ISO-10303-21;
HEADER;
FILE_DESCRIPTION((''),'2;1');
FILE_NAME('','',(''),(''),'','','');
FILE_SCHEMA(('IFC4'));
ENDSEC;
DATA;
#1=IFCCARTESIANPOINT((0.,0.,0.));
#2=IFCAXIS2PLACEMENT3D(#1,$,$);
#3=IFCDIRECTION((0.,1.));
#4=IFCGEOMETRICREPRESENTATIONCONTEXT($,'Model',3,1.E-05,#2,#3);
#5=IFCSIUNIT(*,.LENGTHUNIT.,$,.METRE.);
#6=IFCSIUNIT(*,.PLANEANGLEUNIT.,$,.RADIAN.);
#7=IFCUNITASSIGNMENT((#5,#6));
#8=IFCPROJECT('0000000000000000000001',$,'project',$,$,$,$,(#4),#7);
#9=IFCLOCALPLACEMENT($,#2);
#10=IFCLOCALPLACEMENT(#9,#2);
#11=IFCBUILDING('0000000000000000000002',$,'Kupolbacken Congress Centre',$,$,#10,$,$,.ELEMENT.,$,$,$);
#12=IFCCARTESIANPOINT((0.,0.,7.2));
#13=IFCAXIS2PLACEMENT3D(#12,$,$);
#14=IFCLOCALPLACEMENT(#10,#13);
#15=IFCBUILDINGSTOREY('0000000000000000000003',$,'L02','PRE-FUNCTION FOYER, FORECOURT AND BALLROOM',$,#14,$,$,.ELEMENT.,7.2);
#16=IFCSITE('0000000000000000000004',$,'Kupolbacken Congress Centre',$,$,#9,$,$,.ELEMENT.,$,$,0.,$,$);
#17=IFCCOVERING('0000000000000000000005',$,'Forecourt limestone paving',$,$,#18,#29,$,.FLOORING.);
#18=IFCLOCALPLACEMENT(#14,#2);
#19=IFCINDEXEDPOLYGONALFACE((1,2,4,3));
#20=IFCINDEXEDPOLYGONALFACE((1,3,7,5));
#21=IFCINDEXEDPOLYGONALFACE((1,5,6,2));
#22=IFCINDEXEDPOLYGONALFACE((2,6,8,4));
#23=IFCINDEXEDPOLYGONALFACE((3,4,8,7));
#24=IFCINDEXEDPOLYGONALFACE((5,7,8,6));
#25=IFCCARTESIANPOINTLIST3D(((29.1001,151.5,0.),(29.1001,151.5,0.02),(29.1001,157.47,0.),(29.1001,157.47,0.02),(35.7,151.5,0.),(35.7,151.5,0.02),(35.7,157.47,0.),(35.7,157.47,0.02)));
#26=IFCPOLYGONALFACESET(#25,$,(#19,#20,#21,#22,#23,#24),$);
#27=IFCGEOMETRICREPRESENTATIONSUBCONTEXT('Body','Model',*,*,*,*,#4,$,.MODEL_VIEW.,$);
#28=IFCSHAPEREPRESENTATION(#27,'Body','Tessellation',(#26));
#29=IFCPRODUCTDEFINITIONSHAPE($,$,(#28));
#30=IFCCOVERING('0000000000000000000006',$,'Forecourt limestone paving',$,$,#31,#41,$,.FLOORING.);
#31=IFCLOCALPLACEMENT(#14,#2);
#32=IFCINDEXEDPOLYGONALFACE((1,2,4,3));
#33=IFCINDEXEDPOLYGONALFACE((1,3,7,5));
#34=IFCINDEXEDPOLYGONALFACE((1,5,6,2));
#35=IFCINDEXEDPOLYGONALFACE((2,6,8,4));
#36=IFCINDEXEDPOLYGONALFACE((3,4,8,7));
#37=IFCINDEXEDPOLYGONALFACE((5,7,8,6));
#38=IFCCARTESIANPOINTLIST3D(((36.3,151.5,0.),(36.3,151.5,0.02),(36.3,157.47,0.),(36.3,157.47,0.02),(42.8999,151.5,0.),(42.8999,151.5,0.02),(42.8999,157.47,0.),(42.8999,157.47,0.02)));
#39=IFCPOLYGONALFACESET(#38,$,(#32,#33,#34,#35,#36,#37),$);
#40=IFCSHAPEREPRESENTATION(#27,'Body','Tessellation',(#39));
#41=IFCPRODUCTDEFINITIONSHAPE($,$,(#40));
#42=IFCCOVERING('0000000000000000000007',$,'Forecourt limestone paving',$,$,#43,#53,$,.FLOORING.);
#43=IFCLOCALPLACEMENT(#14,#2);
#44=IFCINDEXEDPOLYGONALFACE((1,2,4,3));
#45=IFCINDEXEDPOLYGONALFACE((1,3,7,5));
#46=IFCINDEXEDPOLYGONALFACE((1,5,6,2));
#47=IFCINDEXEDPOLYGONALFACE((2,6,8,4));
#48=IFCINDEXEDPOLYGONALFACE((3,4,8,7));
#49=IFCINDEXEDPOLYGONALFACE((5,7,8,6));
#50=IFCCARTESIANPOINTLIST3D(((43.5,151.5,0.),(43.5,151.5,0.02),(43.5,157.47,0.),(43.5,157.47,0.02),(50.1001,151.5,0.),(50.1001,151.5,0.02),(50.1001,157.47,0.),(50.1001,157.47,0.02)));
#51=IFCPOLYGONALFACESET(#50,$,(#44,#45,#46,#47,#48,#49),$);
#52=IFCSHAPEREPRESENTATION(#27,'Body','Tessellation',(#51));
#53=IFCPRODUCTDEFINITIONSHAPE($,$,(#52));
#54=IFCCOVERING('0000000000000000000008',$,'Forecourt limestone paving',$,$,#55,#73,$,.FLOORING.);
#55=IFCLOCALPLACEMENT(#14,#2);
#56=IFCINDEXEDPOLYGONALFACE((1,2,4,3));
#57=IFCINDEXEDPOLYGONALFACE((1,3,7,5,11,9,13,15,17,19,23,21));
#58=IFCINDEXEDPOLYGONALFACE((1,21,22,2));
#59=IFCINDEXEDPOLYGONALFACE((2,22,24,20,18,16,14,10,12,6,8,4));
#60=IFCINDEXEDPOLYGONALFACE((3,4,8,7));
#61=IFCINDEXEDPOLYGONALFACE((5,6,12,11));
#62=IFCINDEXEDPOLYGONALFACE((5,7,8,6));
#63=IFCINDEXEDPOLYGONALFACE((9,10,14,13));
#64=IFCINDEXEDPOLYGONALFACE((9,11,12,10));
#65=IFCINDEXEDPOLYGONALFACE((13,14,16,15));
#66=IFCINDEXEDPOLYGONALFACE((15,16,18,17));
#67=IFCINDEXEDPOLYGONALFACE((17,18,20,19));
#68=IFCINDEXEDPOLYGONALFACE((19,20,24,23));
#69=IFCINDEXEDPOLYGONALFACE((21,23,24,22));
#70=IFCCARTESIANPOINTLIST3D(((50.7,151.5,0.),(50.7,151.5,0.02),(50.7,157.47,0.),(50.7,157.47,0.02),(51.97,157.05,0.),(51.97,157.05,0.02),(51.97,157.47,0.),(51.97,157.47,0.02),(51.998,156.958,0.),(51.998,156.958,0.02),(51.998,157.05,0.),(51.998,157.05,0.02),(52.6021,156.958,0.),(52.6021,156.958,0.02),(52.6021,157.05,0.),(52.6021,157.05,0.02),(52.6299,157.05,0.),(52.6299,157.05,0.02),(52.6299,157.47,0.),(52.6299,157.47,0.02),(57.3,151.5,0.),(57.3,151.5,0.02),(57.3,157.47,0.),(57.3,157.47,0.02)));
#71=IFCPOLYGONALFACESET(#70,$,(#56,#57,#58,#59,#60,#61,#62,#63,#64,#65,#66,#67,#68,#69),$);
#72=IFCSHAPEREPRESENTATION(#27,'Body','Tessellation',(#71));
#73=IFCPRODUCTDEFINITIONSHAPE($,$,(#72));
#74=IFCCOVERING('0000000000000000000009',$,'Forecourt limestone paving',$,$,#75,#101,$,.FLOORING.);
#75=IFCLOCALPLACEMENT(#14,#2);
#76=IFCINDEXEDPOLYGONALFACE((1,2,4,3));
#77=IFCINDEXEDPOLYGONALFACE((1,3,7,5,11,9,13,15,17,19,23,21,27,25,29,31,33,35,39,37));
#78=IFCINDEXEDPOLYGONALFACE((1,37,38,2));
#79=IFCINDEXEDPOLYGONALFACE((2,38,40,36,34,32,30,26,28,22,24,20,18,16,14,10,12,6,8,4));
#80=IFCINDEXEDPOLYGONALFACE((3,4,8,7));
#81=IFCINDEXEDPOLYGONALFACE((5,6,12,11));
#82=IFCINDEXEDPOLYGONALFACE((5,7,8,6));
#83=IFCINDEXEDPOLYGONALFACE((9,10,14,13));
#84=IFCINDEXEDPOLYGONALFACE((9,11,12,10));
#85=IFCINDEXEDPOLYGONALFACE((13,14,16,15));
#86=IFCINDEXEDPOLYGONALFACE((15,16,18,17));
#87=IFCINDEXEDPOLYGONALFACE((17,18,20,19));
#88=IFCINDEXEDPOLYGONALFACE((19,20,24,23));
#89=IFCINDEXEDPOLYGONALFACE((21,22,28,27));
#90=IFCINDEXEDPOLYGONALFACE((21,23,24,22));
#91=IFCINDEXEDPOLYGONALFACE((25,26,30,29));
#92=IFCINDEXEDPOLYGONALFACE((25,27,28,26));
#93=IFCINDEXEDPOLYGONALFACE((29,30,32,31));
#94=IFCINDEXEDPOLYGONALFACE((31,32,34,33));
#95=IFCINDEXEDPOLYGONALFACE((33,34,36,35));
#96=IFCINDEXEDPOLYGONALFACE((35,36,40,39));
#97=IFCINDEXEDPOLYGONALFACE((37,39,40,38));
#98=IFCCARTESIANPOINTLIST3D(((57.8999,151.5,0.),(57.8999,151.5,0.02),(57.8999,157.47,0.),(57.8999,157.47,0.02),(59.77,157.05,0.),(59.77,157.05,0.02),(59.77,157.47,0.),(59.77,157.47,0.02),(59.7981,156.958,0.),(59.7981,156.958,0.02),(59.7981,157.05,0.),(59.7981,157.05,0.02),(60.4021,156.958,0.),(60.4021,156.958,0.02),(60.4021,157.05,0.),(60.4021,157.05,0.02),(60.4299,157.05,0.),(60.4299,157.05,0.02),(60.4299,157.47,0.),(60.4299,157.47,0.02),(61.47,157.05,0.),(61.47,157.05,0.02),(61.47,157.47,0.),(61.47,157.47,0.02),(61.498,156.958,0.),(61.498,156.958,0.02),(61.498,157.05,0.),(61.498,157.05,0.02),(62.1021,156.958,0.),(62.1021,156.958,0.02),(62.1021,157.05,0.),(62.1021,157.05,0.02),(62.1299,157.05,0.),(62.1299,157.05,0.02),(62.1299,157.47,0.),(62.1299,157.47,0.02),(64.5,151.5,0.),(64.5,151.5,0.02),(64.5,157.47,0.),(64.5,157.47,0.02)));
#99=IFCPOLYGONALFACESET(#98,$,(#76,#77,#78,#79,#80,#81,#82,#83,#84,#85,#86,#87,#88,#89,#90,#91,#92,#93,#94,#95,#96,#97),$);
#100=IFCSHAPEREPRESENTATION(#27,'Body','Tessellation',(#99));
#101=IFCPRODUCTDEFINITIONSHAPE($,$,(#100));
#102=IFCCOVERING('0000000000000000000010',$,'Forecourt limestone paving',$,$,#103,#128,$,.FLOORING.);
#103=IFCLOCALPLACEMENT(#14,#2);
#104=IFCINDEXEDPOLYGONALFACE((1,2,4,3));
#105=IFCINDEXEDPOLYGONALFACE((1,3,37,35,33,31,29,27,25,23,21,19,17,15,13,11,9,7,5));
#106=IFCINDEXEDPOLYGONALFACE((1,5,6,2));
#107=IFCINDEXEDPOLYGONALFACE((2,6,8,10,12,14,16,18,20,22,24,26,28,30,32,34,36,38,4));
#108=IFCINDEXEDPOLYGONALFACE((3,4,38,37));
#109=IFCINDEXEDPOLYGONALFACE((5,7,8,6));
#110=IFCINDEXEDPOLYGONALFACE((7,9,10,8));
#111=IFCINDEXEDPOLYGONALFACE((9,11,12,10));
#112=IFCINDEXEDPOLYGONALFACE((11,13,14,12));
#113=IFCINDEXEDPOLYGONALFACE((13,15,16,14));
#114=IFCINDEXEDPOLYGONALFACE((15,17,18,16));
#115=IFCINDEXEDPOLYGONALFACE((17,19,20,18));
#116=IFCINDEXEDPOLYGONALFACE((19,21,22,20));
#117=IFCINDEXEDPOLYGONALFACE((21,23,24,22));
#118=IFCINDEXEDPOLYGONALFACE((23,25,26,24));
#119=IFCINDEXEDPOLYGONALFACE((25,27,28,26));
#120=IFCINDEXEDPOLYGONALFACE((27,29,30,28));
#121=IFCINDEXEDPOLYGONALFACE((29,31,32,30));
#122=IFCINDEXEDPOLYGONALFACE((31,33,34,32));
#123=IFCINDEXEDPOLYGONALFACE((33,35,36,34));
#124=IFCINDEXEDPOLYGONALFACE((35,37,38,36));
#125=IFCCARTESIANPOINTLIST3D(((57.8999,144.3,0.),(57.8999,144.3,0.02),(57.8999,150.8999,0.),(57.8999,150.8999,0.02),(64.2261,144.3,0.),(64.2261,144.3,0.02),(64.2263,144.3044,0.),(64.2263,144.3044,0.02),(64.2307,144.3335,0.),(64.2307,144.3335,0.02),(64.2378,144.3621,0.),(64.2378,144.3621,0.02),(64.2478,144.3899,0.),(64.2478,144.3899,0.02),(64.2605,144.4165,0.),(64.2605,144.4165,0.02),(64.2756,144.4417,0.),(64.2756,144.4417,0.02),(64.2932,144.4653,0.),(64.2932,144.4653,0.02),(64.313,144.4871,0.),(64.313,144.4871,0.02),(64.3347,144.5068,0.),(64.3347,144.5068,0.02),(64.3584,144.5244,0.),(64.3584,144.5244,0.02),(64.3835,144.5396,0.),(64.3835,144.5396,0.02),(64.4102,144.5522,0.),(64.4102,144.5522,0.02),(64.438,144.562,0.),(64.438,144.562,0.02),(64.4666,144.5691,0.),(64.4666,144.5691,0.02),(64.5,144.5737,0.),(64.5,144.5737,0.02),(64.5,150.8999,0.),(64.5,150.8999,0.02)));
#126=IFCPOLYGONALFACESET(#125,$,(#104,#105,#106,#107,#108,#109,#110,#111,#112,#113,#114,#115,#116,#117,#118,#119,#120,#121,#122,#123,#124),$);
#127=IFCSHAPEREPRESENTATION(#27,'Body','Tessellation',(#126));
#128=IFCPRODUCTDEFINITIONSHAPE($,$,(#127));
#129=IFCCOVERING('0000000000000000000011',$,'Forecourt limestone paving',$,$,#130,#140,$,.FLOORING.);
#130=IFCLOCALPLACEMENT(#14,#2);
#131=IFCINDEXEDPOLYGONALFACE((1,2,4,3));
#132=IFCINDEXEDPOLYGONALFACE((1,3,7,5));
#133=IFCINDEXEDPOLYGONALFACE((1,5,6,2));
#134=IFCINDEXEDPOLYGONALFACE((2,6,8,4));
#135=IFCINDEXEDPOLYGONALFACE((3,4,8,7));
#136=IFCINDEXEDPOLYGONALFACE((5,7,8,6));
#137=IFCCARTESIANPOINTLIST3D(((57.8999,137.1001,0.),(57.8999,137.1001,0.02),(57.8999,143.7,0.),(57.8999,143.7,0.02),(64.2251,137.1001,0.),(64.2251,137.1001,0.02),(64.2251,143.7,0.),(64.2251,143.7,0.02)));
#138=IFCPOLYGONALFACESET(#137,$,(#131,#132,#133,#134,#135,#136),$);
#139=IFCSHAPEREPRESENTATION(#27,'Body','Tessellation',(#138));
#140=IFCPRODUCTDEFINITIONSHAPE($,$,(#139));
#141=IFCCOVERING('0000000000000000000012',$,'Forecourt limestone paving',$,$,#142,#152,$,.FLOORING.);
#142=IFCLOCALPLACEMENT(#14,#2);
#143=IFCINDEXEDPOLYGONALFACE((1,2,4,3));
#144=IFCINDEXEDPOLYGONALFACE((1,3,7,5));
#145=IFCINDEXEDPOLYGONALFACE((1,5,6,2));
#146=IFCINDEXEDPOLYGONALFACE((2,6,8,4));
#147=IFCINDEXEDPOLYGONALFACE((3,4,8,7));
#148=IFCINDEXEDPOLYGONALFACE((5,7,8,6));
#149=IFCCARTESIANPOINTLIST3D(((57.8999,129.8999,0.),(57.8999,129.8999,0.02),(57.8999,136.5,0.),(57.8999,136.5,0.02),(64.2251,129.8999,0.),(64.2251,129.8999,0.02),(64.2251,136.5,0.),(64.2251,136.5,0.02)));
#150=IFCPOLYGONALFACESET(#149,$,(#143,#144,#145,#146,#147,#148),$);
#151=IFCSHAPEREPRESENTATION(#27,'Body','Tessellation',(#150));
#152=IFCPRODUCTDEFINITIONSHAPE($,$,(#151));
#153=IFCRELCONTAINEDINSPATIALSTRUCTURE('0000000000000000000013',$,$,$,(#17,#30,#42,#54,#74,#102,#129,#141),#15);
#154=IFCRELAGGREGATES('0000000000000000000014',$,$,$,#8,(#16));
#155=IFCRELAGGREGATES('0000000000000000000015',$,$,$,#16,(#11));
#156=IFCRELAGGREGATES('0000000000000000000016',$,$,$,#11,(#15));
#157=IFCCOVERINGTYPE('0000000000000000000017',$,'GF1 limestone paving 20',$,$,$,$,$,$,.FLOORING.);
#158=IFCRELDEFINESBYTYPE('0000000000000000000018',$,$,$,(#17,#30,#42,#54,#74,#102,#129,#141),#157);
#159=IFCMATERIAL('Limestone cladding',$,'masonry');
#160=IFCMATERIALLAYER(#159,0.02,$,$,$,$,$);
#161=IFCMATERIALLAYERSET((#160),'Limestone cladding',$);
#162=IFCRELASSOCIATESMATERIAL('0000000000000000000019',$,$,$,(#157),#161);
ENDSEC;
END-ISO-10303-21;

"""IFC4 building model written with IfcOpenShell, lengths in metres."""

from ifc_helpers import new_model, si_unit, direction, frame, origin, place, context, subcontext, project, spatial, polyline, outline, extrude, material, layer, layer_set, type_object, element, save


model = new_model("IFC4")

# Units and contexts
model_context = context("Model", 3, precision=1e-05, world=origin(), true_north=direction((0.0, 1.0)))
body_context = subcontext(model_context, "Body", "Model", "MODEL_VIEW")
ifc_project = project(units=[si_unit("LENGTHUNIT", "METRE"), si_unit("PLANEANGLEUNIT", "RADIAN")], contexts=[model_context])

# Site, building, storey
site_placement = place(None, origin())
site = spatial("IfcSite", under=ifc_project, at=site_placement, Name="Kupolbacken Congress Centre", CompositionType="ELEMENT", RefElevation=0.0)
building_placement = place(site_placement, origin())
building = spatial("IfcBuilding", under=site, at=building_placement, Name="Kupolbacken Congress Centre", CompositionType="ELEMENT")
storey_placement = place(building_placement, frame((0.0, 0.0, 7.2)))
storey = spatial("IfcBuildingStorey", under=building, at=storey_placement, Name="L02", Description="PRE-FUNCTION FOYER, FORECOURT AND BALLROOM", CompositionType="ELEMENT", Elevation=7.2)

# Coverings
ifc_material = material(Name="Limestone cladding", Category="masonry")
ifc_layer = layer(ifc_material, 0.02)
ifc_layer_set = layer_set([ifc_layer], Name="Limestone cladding")
covering_type = type_object("IfcCoveringType", Name="GF1 limestone paving 20", PredefinedType="FLOORING", material=ifc_layer_set)
covering_1_placement = place(storey_placement, origin())
element("IfcCovering", 1, at=covering_1_placement, inside=storey, type_object=covering_type, Name="Forecourt limestone paving", PredefinedType="FLOORING", context=body_context, shape_type="SweptSolid", body=[
    extrude(outline(polyline([(35.7, 157.47), (35.7, 151.5), (29.1001, 151.5), (29.1001, 157.47), (35.7, 157.47)])), origin(), (0.0, 0.0, 1.0), 0.02),
])
covering_2_placement = place(storey_placement, origin())
element("IfcCovering", 2, at=covering_2_placement, inside=storey, type_object=covering_type, Name="Forecourt limestone paving", PredefinedType="FLOORING", context=body_context, shape_type="SweptSolid", body=[
    extrude(outline(polyline([(42.8999, 157.47), (42.8999, 151.5), (36.3, 151.5), (36.3, 157.47), (42.8999, 157.47)])), origin(), (0.0, 0.0, 1.0), 0.02),
])
covering_3_placement = place(storey_placement, origin())
element("IfcCovering", 3, at=covering_3_placement, inside=storey, type_object=covering_type, Name="Forecourt limestone paving", PredefinedType="FLOORING", context=body_context, shape_type="SweptSolid", body=[
    extrude(outline(polyline([(50.1001, 157.47), (50.1001, 151.5), (43.5, 151.5), (43.5, 157.47), (50.1001, 157.47)])), origin(), (0.0, 0.0, 1.0), 0.02),
])
covering_4_placement = place(storey_placement, origin())
element("IfcCovering", 4, at=covering_4_placement, inside=storey, type_object=covering_type, Name="Forecourt limestone paving", PredefinedType="FLOORING", context=body_context, shape_type="SweptSolid", body=[
    extrude(outline(polyline([(51.97, 157.47), (51.97, 157.05), (51.998, 157.05), (51.998, 156.958), (52.6021, 156.958), (52.6021, 157.05), (52.6299, 157.05), (52.6299, 157.47), (57.3, 157.47), (57.3, 151.5), (50.7, 151.5), (50.7, 157.47), (51.97, 157.47)])), origin(), (0.0, 0.0, 1.0), 0.02),
])
covering_5_placement = place(storey_placement, origin())
element("IfcCovering", 5, at=covering_5_placement, inside=storey, type_object=covering_type, Name="Forecourt limestone paving", PredefinedType="FLOORING", context=body_context, shape_type="SweptSolid", body=[
    extrude(outline(polyline([(59.77, 157.47), (59.77, 157.05), (59.7981, 157.05), (59.7981, 156.958), (60.4021, 156.958), (60.4021, 157.05), (60.4299, 157.05), (60.4299, 157.47), (61.47, 157.47), (61.47, 157.05), (61.498, 157.05), (61.498, 156.958), (62.1021, 156.958), (62.1021, 157.05), (62.1299, 157.05), (62.1299, 157.47), (64.5, 157.47), (64.5, 151.5), (57.8999, 151.5), (57.8999, 157.47), (59.77, 157.47)])), origin(), (0.0, 0.0, 1.0), 0.02),
])
covering_6_placement = place(storey_placement, origin())
element("IfcCovering", 6, at=covering_6_placement, inside=storey, type_object=covering_type, Name="Forecourt limestone paving", PredefinedType="FLOORING", context=body_context, shape_type="SweptSolid", body=[
    extrude(outline(polyline([(64.5, 144.5737), (64.4666, 144.5691), (64.438, 144.562), (64.4102, 144.5522), (64.3835, 144.5396), (64.3584, 144.5244), (64.3347, 144.5068), (64.313, 144.4871), (64.2932, 144.4653), (64.2756, 144.4417), (64.2605, 144.4165), (64.2478, 144.3899), (64.2378, 144.3621), (64.2307, 144.3335), (64.2263, 144.3044), (64.2251, 144.2749), (64.2263, 144.3), (57.8999, 144.3), (57.8999, 150.8999), (64.5, 150.8999), (64.5, 144.5737)])), origin(), (0.0, 0.0, 1.0), 0.02),
])
covering_7_placement = place(storey_placement, origin())
element("IfcCovering", 7, at=covering_7_placement, inside=storey, type_object=covering_type, Name="Forecourt limestone paving", PredefinedType="FLOORING", context=body_context, shape_type="SweptSolid", body=[
    extrude(outline(polyline([(64.2251, 137.1001), (57.8999, 137.1001), (57.8999, 143.7), (64.2251, 143.7), (64.2251, 137.1001)])), origin(), (0.0, 0.0, 1.0), 0.02),
])
covering_8_placement = place(storey_placement, origin())
element("IfcCovering", 8, at=covering_8_placement, inside=storey, type_object=covering_type, Name="Forecourt limestone paving", PredefinedType="FLOORING", context=body_context, shape_type="SweptSolid", body=[
    extrude(outline(polyline([(64.2251, 129.8999), (57.8999, 129.8999), (57.8999, 136.5), (64.2251, 136.5), (64.2251, 129.8999)])), origin(), (0.0, 0.0, 1.0), 0.02),
])

save(model, "model.ifc")
